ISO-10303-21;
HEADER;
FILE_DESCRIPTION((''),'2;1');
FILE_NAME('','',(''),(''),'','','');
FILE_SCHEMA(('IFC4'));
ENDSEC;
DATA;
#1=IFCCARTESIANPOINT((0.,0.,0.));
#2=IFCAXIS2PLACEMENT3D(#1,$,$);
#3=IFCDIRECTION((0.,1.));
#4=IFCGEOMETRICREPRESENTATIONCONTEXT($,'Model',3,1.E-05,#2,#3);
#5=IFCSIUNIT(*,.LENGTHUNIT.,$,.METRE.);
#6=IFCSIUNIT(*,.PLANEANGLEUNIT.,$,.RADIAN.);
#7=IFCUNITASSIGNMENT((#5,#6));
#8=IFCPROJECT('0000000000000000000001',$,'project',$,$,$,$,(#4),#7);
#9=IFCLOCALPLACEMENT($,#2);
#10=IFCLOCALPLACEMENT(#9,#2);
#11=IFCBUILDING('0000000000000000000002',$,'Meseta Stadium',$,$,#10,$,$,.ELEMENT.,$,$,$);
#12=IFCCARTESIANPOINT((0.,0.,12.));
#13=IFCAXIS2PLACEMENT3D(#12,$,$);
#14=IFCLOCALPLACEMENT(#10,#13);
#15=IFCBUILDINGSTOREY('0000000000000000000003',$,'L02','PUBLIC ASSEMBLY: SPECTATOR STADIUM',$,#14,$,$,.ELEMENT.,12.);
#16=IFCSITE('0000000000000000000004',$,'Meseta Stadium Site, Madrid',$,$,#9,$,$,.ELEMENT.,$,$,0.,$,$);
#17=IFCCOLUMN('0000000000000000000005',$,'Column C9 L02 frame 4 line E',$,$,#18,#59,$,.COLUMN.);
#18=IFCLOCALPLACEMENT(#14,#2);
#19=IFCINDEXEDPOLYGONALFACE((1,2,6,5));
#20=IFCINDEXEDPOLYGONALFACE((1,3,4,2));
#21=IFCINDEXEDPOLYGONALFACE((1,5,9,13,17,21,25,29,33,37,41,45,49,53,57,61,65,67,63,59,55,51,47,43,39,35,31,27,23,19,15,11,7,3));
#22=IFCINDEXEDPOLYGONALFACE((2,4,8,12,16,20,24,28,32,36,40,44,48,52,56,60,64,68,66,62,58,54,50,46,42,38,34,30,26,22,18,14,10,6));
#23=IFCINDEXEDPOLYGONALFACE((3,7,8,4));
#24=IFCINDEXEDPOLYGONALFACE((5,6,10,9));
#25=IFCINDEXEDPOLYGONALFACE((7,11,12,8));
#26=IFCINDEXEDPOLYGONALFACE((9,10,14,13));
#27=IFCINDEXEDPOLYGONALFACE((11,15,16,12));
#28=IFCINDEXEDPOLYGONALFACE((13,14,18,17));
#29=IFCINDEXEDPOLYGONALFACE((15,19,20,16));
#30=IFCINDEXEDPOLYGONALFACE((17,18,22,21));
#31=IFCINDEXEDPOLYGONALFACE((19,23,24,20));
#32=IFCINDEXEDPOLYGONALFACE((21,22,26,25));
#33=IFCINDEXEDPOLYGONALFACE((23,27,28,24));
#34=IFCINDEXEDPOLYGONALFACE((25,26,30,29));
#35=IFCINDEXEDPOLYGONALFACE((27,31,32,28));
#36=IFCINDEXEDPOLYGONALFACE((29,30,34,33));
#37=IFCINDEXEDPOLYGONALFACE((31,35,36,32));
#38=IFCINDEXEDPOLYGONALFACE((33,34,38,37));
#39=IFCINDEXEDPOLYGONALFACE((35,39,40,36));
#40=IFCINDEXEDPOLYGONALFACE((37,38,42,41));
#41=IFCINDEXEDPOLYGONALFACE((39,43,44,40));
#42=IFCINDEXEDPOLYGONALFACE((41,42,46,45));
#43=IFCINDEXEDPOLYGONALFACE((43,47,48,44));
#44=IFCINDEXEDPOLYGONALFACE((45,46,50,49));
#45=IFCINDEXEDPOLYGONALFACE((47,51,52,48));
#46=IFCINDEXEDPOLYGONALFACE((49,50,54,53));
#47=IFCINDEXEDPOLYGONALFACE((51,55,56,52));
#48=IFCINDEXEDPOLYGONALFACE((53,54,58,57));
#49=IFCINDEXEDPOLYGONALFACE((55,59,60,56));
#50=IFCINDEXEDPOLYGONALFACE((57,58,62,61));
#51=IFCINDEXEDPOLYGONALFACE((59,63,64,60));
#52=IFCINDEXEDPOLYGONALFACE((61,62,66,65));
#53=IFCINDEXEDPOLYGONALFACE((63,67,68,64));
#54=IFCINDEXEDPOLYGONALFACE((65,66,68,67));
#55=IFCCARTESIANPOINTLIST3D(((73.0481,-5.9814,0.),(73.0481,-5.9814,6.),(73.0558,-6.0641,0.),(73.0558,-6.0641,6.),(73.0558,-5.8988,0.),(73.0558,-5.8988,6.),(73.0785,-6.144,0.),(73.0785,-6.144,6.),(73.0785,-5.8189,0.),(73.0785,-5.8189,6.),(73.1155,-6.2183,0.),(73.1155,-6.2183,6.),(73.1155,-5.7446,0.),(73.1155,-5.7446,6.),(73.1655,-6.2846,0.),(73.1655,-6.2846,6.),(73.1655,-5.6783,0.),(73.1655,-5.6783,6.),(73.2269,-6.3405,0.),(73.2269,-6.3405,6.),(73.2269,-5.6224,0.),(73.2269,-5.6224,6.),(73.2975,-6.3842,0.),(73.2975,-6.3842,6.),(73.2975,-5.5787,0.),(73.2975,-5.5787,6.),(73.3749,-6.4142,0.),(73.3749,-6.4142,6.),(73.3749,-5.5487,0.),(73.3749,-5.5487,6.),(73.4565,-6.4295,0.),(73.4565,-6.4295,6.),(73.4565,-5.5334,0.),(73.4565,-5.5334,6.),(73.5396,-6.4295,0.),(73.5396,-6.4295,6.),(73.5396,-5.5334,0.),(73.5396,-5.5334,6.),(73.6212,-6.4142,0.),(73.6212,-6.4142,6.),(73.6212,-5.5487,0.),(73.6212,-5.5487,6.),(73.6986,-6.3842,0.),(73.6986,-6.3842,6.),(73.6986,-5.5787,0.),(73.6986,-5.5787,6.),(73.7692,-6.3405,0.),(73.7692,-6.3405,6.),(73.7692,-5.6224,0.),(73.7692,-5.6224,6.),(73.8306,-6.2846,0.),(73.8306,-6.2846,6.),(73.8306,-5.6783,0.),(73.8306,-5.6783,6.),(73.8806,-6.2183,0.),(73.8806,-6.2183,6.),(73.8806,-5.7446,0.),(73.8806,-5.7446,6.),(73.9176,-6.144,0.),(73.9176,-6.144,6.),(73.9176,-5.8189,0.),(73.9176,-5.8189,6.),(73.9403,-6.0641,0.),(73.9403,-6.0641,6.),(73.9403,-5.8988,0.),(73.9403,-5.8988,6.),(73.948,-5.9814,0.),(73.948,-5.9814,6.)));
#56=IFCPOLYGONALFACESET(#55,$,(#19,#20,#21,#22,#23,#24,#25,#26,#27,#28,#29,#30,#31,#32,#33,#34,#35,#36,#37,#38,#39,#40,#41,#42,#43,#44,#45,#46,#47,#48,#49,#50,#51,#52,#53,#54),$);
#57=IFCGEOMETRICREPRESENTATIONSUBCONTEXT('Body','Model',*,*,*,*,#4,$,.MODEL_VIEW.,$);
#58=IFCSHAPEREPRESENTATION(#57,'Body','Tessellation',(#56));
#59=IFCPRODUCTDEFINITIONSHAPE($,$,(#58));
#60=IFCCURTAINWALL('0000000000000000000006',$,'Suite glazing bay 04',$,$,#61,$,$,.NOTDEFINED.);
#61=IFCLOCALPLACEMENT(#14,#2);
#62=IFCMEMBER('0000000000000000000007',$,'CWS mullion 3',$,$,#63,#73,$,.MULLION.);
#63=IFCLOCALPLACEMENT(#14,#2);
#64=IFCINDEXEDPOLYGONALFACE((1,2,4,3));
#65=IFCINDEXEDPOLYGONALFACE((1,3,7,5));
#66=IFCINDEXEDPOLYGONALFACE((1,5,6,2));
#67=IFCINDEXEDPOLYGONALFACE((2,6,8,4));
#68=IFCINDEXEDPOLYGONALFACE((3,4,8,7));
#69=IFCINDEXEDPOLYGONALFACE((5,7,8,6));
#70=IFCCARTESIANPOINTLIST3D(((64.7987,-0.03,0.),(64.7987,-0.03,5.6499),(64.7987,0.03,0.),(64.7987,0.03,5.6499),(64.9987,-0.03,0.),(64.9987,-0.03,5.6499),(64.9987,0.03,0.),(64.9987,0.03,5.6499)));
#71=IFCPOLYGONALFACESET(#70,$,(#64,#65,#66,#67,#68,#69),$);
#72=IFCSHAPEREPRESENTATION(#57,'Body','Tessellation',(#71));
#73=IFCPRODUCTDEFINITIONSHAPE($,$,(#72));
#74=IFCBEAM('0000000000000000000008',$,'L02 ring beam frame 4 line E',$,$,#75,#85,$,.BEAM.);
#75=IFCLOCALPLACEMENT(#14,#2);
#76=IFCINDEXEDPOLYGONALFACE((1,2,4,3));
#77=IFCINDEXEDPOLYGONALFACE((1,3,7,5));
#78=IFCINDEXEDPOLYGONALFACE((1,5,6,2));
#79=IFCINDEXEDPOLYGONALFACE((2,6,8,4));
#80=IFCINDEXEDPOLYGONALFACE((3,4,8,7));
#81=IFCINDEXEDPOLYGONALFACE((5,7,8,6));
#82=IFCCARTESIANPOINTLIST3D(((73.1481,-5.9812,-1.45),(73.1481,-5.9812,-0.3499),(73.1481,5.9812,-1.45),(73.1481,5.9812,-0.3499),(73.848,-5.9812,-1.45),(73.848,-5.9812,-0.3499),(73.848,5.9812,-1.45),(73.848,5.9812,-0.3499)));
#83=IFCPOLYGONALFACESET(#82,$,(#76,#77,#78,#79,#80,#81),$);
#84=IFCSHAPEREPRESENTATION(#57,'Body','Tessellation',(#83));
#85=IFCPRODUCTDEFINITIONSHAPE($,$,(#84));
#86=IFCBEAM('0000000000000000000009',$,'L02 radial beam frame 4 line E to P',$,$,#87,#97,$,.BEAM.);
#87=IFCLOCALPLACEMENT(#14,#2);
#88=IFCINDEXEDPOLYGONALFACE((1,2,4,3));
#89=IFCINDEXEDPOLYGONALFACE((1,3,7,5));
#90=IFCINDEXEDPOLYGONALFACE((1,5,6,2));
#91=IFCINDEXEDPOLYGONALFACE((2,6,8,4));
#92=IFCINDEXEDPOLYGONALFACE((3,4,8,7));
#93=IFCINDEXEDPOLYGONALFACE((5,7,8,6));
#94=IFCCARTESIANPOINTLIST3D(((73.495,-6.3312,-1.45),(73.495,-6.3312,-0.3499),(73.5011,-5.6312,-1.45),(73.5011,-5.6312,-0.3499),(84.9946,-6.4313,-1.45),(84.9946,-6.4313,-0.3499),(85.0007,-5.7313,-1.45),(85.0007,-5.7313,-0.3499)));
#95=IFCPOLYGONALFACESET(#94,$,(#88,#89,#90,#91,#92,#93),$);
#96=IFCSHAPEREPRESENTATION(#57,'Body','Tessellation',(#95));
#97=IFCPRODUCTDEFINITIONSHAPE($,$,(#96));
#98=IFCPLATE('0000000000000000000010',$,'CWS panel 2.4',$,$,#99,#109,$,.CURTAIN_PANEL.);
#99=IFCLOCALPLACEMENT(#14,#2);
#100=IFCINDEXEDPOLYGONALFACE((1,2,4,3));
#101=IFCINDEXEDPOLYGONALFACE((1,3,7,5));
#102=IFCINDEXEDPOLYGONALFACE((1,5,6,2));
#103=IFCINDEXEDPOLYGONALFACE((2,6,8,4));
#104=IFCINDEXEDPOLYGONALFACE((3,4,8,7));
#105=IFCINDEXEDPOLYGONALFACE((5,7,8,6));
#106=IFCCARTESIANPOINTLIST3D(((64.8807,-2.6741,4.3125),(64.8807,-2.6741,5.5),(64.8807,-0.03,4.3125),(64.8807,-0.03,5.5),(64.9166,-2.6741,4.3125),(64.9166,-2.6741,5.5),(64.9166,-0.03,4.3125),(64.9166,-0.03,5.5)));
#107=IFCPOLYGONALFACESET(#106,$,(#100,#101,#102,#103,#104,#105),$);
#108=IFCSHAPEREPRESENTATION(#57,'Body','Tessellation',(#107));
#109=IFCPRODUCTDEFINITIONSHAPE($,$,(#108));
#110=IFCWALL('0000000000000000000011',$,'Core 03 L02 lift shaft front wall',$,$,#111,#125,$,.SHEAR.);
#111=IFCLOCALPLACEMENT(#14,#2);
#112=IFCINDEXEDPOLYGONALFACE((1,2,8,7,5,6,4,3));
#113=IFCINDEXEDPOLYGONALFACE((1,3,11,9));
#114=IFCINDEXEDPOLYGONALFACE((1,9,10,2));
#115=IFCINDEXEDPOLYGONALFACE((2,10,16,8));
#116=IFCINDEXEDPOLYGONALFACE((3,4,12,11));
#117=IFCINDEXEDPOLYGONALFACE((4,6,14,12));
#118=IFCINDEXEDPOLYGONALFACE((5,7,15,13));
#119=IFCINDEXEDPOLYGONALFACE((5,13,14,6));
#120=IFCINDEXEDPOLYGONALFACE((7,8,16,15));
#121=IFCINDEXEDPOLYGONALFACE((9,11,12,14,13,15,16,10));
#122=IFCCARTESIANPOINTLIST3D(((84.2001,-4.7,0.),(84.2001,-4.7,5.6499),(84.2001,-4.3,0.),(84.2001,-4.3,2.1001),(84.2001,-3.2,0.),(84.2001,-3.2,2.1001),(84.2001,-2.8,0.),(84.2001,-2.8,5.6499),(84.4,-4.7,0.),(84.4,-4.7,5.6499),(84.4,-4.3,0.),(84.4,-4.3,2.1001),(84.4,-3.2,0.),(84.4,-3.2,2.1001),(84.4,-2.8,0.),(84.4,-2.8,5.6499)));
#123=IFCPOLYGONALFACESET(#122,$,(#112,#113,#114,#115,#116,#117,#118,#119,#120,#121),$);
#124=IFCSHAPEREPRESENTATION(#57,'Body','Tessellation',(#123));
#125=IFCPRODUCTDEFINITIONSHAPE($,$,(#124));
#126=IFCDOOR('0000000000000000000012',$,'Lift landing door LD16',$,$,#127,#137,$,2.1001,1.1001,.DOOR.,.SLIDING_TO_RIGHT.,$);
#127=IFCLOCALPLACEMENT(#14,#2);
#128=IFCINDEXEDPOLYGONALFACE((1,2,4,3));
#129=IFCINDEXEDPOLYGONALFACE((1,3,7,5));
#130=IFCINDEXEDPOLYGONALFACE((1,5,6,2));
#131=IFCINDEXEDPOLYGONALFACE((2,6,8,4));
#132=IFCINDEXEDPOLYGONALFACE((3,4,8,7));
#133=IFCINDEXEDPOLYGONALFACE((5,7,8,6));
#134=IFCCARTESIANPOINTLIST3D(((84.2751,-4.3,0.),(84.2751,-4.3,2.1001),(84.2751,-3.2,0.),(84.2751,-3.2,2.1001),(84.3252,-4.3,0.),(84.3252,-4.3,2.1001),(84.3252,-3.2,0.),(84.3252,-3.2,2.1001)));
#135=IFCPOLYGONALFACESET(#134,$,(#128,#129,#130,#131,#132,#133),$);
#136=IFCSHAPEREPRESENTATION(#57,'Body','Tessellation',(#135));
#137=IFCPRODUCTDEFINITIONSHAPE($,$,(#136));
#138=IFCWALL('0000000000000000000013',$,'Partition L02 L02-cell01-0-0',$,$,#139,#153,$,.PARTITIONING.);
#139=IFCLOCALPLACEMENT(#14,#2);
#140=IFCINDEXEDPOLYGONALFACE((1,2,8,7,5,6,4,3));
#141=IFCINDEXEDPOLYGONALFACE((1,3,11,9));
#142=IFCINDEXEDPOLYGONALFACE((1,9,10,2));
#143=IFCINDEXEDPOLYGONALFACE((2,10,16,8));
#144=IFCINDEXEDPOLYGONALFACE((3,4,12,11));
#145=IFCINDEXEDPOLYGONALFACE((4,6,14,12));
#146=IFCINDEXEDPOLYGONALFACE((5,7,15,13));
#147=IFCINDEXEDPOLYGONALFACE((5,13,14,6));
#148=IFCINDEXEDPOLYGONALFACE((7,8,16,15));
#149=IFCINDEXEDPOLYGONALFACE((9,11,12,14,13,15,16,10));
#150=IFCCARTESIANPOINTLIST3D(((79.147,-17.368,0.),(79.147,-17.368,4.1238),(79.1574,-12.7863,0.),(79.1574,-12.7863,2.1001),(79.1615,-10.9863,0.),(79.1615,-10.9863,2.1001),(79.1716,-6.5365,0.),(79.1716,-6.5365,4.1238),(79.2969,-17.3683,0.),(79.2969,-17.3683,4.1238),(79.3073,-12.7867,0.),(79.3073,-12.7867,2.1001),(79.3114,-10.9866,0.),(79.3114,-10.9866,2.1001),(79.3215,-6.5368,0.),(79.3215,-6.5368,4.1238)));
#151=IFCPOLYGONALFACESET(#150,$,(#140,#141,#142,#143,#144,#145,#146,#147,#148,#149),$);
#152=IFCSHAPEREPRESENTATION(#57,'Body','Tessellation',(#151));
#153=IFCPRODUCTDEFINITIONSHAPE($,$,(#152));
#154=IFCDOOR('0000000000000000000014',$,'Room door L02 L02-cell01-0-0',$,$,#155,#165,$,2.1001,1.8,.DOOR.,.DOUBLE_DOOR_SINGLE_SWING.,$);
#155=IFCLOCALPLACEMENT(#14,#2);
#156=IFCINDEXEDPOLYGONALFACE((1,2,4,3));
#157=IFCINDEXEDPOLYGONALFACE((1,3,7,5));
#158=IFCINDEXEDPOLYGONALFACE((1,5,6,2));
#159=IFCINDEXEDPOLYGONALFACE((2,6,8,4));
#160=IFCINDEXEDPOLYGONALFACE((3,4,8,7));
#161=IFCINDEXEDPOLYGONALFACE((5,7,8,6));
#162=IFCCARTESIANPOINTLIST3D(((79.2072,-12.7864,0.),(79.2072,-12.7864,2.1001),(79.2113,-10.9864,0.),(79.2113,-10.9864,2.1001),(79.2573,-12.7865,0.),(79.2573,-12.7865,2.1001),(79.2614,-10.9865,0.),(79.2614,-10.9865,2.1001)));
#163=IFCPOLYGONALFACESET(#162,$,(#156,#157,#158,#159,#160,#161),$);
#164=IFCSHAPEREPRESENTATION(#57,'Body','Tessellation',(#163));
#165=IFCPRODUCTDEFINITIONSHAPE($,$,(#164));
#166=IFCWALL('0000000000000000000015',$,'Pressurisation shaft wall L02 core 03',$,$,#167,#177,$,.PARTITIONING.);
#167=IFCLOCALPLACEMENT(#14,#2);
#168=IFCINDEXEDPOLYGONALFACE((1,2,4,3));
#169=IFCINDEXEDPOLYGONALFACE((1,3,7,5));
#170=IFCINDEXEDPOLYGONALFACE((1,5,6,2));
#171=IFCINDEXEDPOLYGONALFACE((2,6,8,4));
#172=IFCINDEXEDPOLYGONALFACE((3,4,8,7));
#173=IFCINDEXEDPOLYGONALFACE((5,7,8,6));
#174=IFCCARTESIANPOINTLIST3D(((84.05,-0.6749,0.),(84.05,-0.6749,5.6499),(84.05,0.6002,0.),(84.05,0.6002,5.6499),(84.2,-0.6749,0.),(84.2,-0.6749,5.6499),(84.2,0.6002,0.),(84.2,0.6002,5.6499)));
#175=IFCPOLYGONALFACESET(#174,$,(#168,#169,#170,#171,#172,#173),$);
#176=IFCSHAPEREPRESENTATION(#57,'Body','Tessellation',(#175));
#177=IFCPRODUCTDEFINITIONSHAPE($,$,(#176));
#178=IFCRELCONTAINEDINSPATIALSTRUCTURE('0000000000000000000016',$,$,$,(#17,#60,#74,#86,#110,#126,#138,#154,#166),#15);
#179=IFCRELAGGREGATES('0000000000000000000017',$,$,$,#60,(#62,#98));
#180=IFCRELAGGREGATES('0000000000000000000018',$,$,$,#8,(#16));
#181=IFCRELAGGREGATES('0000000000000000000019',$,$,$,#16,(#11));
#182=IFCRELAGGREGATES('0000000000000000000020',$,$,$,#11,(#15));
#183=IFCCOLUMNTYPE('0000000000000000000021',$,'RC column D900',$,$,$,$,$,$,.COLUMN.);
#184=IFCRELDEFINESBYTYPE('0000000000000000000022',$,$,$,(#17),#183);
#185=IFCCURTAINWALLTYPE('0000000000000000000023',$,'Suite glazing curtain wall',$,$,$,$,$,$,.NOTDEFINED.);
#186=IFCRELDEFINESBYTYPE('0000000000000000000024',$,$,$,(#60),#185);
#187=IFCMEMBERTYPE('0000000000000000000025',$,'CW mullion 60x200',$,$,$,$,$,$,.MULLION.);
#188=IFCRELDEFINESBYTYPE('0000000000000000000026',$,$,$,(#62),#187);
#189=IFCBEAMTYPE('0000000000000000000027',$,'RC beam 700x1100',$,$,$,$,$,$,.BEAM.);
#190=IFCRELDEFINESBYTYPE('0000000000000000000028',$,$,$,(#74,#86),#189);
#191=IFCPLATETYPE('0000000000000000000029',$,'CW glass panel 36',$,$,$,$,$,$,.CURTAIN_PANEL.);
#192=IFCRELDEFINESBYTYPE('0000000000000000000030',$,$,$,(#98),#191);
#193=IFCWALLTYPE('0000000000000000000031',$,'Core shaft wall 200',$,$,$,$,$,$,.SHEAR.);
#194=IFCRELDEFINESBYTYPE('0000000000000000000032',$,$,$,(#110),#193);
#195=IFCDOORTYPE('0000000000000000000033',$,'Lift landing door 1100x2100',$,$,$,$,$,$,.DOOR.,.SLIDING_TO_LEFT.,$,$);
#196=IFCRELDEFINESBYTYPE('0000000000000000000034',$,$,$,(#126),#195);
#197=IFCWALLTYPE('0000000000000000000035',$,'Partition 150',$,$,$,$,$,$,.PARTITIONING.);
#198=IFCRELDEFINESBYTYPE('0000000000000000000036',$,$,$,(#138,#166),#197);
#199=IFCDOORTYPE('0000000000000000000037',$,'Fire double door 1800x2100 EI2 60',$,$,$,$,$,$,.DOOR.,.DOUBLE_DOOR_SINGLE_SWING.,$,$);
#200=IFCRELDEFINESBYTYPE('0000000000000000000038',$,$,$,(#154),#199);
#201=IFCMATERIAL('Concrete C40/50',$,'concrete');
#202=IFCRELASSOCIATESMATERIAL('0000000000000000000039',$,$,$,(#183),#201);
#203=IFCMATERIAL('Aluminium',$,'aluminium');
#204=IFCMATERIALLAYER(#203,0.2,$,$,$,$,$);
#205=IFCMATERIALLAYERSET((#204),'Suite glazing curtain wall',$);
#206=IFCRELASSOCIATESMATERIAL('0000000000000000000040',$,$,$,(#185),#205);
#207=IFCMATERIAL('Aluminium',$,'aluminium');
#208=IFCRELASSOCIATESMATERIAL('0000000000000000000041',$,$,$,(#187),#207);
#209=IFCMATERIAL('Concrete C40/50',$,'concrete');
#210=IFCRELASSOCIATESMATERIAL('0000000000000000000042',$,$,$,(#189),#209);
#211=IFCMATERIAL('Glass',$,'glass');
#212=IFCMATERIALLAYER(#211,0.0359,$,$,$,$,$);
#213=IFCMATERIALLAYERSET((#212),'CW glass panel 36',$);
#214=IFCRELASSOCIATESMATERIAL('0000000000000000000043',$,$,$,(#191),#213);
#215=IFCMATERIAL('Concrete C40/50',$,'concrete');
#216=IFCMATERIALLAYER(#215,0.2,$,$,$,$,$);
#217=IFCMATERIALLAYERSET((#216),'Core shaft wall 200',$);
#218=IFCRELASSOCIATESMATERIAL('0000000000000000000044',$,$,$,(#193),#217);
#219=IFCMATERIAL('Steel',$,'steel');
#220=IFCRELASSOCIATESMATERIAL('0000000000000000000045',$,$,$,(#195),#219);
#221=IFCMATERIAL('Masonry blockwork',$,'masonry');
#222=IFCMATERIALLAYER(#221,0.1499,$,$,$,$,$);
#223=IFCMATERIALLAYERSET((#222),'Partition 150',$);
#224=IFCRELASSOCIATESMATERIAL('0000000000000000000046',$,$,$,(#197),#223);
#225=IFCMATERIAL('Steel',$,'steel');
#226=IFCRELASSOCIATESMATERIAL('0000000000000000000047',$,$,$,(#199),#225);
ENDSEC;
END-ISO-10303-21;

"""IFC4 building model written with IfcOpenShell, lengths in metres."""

from ifc_helpers import new_model, si_unit, direction, frame, frame_2d, origin, origin_2d, place, context, subcontext, project, spatial, rectangle, circle, extrude, material, layer, layer_set, material_profile, profile_set, type_object, element, fill, aggregate, save


model = new_model("IFC4")

# Units and contexts
model_context = context("Model", 3, precision=1e-05, world=origin(), true_north=direction((0.0, 1.0)))
body_context = subcontext(model_context, "Body", "Model", "MODEL_VIEW")
ifc_project = project(units=[si_unit("LENGTHUNIT", "METRE"), si_unit("PLANEANGLEUNIT", "RADIAN")], contexts=[model_context])

# Site, building, storey
site_placement = place(None, origin())
site = spatial("IfcSite", under=ifc_project, at=site_placement, Name="Meseta Stadium Site, Madrid", CompositionType="ELEMENT", RefElevation=0.0)
building_placement = place(site_placement, origin())
building = spatial("IfcBuilding", under=site, at=building_placement, Name="Meseta Stadium", CompositionType="ELEMENT")
storey_placement = place(building_placement, frame((0.0, 0.0, 12.0)))
storey = spatial("IfcBuildingStorey", under=building, at=storey_placement, Name="L02", Description="PUBLIC ASSEMBLY: SPECTATOR STADIUM", CompositionType="ELEMENT", Elevation=12.0)

# Column
ifc_material_1 = material(Name="Concrete C40/50", Category="concrete")
ifc_material_profile_1 = material_profile(ifc_material_1, circle(Radius=0.45, at=origin_2d()), Name="RC D900")
ifc_profile_set_1 = profile_set([ifc_material_profile_1], Name="Concrete C40/50")
column_type = type_object("IfcColumnType", Name="RC column D900", PredefinedType="COLUMN", material=ifc_profile_set_1)
column_placement = place(storey_placement, frame((73.498, -5.9814, 0.0), z_axis=(0.0, 0.0, 1.0), x_axis=(1.0, 0.0, 0.0)))
element("IfcColumn", 1, at=column_placement, inside=storey, type_object=column_type, Name="Column C9 L02 frame 4 line E", PredefinedType="COLUMN", context=body_context, shape_type="SweptSolid", body=[
    extrude(circle(Radius=0.45, at=origin_2d()), origin(), (0.0, 0.0, 1.0), 6.0),
])

# Curtain wall, member
ifc_material_2 = material(Name="Aluminium", Category="aluminium")
ifc_layer_1 = layer(ifc_material_2, 0.2)
ifc_layer_set_1 = layer_set([ifc_layer_1], Name="Suite glazing curtain wall")
curtain_wall_type = type_object("IfcCurtainWallType", Name="Suite glazing curtain wall", PredefinedType="NOTDEFINED", material=ifc_layer_set_1)
curtain_wall_placement = place(storey_placement, origin())
curtain_wall = element("IfcCurtainWall", 2, at=curtain_wall_placement, inside=storey, type_object=curtain_wall_type, Name="Suite glazing bay 04", PredefinedType="NOTDEFINED")
ifc_material_3 = material(Name="Aluminium", Category="aluminium")
ifc_material_profile_2 = material_profile(ifc_material_3, rectangle(XDim=0.2, YDim=0.0601, at=origin_2d()), Name="CW 200x60")
ifc_profile_set_2 = profile_set([ifc_material_profile_2], Name="Aluminium")
member_type = type_object("IfcMemberType", Name="CW mullion 60x200", PredefinedType="MULLION", material=ifc_profile_set_2)
member_placement = place(storey_placement, frame((64.8987, 0.0, 0.0), z_axis=(0.0, 0.0, 1.0), x_axis=(-1.0, 0.0, 0.0)))
member = element("IfcMember", 3, at=member_placement, type_object=member_type, Name="CWS mullion 3", PredefinedType="MULLION", context=body_context, shape_type="SweptSolid", body=[
    extrude(rectangle(XDim=0.2, YDim=0.0601, at=origin_2d()), origin(), (0.0, 0.0, 1.0), 5.6499),
])

# Beams
ifc_material_4 = material(Name="Concrete C40/50", Category="concrete")
ifc_material_profile_3 = material_profile(ifc_material_4, rectangle(XDim=0.7, YDim=1.1001, at=origin_2d()), Name="RC 700x1100")
ifc_profile_set_3 = profile_set([ifc_material_profile_3], Name="Concrete C40/50")
beam_type = type_object("IfcBeamType", Name="RC beam 700x1100", PredefinedType="BEAM", material=ifc_profile_set_3)
beam_1_placement = place(storey_placement, frame((73.498, -5.9812, -0.8999), z_axis=(0.0, 1.0, 0.0), x_axis=(-1.0, 0.0, 0.0)))
element("IfcBeam", 4, at=beam_1_placement, inside=storey, type_object=beam_type, Name="L02 ring beam frame 4 line E", PredefinedType="BEAM", context=body_context, shape_type="SweptSolid", body=[
    extrude(rectangle(XDim=0.7, YDim=1.1001, at=origin_2d()), origin(), (0.0, 0.0, 1.0), 11.9624),
])
beam_2_placement = place(storey_placement, frame((73.498, -5.9812, -0.8999), z_axis=(0.999962, -0.008704, 0.0), x_axis=(0.008704, 0.999962, 0.0)))
element("IfcBeam", 5, at=beam_2_placement, inside=storey, type_object=beam_type, Name="L02 radial beam frame 4 line E to P", PredefinedType="BEAM", context=body_context, shape_type="SweptSolid", body=[
    extrude(rectangle(XDim=0.7, YDim=1.1001, at=origin_2d()), origin(), (0.0, 0.0, 1.0), 11.5),
])

# Plate
ifc_material_5 = material(Name="Glass", Category="glass")
ifc_layer_2 = layer(ifc_material_5, 0.0359)
ifc_layer_set_2 = layer_set([ifc_layer_2], Name="CW glass panel 36")
plate_type = type_object("IfcPlateType", Name="CW glass panel 36", PredefinedType="CURTAIN_PANEL", material=ifc_layer_set_2)
plate_placement = place(storey_placement, frame((64.8987, -1.3521, 4.3125), z_axis=(0.0, 0.0, 1.0), x_axis=(0.0, 1.0, 0.0)))
plate = element("IfcPlate", 6, at=plate_placement, type_object=plate_type, Name="CWS panel 2.4", PredefinedType="CURTAIN_PANEL", context=body_context, shape_type="SweptSolid", body=[
    extrude(rectangle(XDim=2.644, YDim=0.0359, at=origin_2d()), origin(), (0.0, 0.0, 1.0), 1.1875),
])
aggregate(curtain_wall, [member, plate])

# Walls, openings, doors
ifc_material_6 = material(Name="Concrete C40/50", Category="concrete")
ifc_layer_3 = layer(ifc_material_6, 0.2)
ifc_layer_set_3 = layer_set([ifc_layer_3], Name="Core shaft wall 200")
wall_type_1 = type_object("IfcWallType", Name="Core shaft wall 200", PredefinedType="SHEAR", material=ifc_layer_set_3)
wall_1_placement = place(storey_placement, frame((84.3, -4.7, 0.0), z_axis=(0.0, 0.0, 1.0), x_axis=(0.0, 1.0, 0.0)))
wall_1 = element("IfcWall", 7, at=wall_1_placement, inside=storey, type_object=wall_type_1, Name="Core 03 L02 lift shaft front wall", PredefinedType="SHEAR", context=body_context, shape_type="SweptSolid", body=[
    extrude(rectangle(XDim=1.8999, YDim=0.2, at=frame_2d((0.95, 0.0))), origin(), (0.0, 0.0, 1.0), 5.6499),
])
opening_1_placement = place(wall_1_placement, frame((0.3999, 0.0, 0.0)))
opening_1 = element("IfcOpeningElement", 8, at=opening_1_placement, cuts=wall_1, PredefinedType="OPENING", context=body_context, shape_type="SweptSolid", body=[
    extrude(rectangle(XDim=1.1001, YDim=2.1001, at=frame_2d((0.55, 1.05))), frame((0.0, 0.1099, 0.0), z_axis=(0.0, -1.0, 0.0), x_axis=(1.0, 0.0, 0.0)), (0.0, 0.0, 1.0), 0.22),
])
ifc_material_7 = material(Name="Steel", Category="steel")
door_type_1 = type_object("IfcDoorType", Name="Lift landing door 1100x2100", OperationType="SLIDING_TO_LEFT", PredefinedType="DOOR", material=ifc_material_7)
door_1_placement = place(opening_1_placement, origin())
door_1 = element("IfcDoor", 9, at=door_1_placement, inside=storey, type_object=door_type_1, Name="Lift landing door LD16", OperationType="SLIDING_TO_RIGHT", OverallHeight=2.1001, OverallWidth=1.1001, PredefinedType="DOOR", context=body_context, shape_type="SweptSolid", body=[
    extrude(rectangle(XDim=1.1001, YDim=2.1001, at=frame_2d((0.55, 1.05))), frame((0.0, 0.0249, 0.0), z_axis=(0.0, -1.0, 0.0), x_axis=(1.0, 0.0, 0.0)), (0.0, 0.0, 1.0), 0.05),
])
fill(opening_1, door_1)
ifc_material_8 = material(Name="Masonry blockwork", Category="masonry")
ifc_layer_4 = layer(ifc_material_8, 0.1499)
ifc_layer_set_4 = layer_set([ifc_layer_4], Name="Partition 150")
wall_type_2 = type_object("IfcWallType", Name="Partition 150", PredefinedType="PARTITIONING", material=ifc_layer_set_4)
wall_2_placement = place(storey_placement, frame((79.2466, -6.5366, 0.0), z_axis=(0.0, 0.0, 1.0), x_axis=(-0.002277, -0.999997, 0.0)))
wall_2 = element("IfcWall", 10, at=wall_2_placement, inside=storey, type_object=wall_type_2, Name="Partition L02 L02-cell01-0-0", PredefinedType="PARTITIONING", context=body_context, shape_type="SweptSolid", body=[
    extrude(rectangle(XDim=10.8315, YDim=0.1499, at=frame_2d((5.4158, 0.0))), origin(), (0.0, 0.0, 1.0), 4.1238),
])
opening_2_placement = place(wall_2_placement, frame((4.45, 0.0, 0.0)))
opening_2 = element("IfcOpeningElement", 11, at=opening_2_placement, cuts=wall_2, PredefinedType="OPENING", context=body_context, shape_type="SweptSolid", body=[
    extrude(rectangle(XDim=1.8, YDim=2.1001, at=frame_2d((0.8999, 1.05))), frame((0.0, 0.085, 0.0), z_axis=(0.0, -1.0, 0.0), x_axis=(1.0, 0.0, 0.0)), (0.0, 0.0, 1.0), 0.1699),
])
ifc_material_9 = material(Name="Steel", Category="steel")
door_type_2 = type_object("IfcDoorType", Name="Fire double door 1800x2100 EI2 60", OperationType="DOUBLE_DOOR_SINGLE_SWING", PredefinedType="DOOR", material=ifc_material_9)
door_2_placement = place(opening_2_placement, origin())
door_2 = element("IfcDoor", 12, at=door_2_placement, inside=storey, type_object=door_type_2, Name="Room door L02 L02-cell01-0-0", OperationType="DOUBLE_DOOR_SINGLE_SWING", OverallHeight=2.1001, OverallWidth=1.8, PredefinedType="DOOR", context=body_context, shape_type="SweptSolid", body=[
    extrude(rectangle(XDim=1.8, YDim=2.1001, at=frame_2d((0.8999, 1.05))), frame((0.0, 0.0249, 0.0), z_axis=(0.0, -1.0, 0.0), x_axis=(1.0, 0.0, 0.0)), (0.0, 0.0, 1.0), 0.05),
])
fill(opening_2, door_2)

# Wall
for number, where, z_axis, x_axis, name in (
    (13, (84.125, -0.675, 0.0), (0.0, 0.0, 1.0), (0.0, 1.0, 0.0), "Pressurisation shaft wall L02 core 03"),
):
    element("IfcWall", number, at=place(storey_placement, frame(where, z_axis=z_axis, x_axis=x_axis)), inside=storey, type_object=wall_type_2, Name=name, PredefinedType="PARTITIONING", context=body_context, shape_type="SweptSolid", body=[
        extrude(rectangle(XDim=1.2751, YDim=0.1499, at=frame_2d((0.6377, 0.0))), origin(), (0.0, 0.0, 1.0), 5.6499),
    ])

save(model, "model.ifc")
